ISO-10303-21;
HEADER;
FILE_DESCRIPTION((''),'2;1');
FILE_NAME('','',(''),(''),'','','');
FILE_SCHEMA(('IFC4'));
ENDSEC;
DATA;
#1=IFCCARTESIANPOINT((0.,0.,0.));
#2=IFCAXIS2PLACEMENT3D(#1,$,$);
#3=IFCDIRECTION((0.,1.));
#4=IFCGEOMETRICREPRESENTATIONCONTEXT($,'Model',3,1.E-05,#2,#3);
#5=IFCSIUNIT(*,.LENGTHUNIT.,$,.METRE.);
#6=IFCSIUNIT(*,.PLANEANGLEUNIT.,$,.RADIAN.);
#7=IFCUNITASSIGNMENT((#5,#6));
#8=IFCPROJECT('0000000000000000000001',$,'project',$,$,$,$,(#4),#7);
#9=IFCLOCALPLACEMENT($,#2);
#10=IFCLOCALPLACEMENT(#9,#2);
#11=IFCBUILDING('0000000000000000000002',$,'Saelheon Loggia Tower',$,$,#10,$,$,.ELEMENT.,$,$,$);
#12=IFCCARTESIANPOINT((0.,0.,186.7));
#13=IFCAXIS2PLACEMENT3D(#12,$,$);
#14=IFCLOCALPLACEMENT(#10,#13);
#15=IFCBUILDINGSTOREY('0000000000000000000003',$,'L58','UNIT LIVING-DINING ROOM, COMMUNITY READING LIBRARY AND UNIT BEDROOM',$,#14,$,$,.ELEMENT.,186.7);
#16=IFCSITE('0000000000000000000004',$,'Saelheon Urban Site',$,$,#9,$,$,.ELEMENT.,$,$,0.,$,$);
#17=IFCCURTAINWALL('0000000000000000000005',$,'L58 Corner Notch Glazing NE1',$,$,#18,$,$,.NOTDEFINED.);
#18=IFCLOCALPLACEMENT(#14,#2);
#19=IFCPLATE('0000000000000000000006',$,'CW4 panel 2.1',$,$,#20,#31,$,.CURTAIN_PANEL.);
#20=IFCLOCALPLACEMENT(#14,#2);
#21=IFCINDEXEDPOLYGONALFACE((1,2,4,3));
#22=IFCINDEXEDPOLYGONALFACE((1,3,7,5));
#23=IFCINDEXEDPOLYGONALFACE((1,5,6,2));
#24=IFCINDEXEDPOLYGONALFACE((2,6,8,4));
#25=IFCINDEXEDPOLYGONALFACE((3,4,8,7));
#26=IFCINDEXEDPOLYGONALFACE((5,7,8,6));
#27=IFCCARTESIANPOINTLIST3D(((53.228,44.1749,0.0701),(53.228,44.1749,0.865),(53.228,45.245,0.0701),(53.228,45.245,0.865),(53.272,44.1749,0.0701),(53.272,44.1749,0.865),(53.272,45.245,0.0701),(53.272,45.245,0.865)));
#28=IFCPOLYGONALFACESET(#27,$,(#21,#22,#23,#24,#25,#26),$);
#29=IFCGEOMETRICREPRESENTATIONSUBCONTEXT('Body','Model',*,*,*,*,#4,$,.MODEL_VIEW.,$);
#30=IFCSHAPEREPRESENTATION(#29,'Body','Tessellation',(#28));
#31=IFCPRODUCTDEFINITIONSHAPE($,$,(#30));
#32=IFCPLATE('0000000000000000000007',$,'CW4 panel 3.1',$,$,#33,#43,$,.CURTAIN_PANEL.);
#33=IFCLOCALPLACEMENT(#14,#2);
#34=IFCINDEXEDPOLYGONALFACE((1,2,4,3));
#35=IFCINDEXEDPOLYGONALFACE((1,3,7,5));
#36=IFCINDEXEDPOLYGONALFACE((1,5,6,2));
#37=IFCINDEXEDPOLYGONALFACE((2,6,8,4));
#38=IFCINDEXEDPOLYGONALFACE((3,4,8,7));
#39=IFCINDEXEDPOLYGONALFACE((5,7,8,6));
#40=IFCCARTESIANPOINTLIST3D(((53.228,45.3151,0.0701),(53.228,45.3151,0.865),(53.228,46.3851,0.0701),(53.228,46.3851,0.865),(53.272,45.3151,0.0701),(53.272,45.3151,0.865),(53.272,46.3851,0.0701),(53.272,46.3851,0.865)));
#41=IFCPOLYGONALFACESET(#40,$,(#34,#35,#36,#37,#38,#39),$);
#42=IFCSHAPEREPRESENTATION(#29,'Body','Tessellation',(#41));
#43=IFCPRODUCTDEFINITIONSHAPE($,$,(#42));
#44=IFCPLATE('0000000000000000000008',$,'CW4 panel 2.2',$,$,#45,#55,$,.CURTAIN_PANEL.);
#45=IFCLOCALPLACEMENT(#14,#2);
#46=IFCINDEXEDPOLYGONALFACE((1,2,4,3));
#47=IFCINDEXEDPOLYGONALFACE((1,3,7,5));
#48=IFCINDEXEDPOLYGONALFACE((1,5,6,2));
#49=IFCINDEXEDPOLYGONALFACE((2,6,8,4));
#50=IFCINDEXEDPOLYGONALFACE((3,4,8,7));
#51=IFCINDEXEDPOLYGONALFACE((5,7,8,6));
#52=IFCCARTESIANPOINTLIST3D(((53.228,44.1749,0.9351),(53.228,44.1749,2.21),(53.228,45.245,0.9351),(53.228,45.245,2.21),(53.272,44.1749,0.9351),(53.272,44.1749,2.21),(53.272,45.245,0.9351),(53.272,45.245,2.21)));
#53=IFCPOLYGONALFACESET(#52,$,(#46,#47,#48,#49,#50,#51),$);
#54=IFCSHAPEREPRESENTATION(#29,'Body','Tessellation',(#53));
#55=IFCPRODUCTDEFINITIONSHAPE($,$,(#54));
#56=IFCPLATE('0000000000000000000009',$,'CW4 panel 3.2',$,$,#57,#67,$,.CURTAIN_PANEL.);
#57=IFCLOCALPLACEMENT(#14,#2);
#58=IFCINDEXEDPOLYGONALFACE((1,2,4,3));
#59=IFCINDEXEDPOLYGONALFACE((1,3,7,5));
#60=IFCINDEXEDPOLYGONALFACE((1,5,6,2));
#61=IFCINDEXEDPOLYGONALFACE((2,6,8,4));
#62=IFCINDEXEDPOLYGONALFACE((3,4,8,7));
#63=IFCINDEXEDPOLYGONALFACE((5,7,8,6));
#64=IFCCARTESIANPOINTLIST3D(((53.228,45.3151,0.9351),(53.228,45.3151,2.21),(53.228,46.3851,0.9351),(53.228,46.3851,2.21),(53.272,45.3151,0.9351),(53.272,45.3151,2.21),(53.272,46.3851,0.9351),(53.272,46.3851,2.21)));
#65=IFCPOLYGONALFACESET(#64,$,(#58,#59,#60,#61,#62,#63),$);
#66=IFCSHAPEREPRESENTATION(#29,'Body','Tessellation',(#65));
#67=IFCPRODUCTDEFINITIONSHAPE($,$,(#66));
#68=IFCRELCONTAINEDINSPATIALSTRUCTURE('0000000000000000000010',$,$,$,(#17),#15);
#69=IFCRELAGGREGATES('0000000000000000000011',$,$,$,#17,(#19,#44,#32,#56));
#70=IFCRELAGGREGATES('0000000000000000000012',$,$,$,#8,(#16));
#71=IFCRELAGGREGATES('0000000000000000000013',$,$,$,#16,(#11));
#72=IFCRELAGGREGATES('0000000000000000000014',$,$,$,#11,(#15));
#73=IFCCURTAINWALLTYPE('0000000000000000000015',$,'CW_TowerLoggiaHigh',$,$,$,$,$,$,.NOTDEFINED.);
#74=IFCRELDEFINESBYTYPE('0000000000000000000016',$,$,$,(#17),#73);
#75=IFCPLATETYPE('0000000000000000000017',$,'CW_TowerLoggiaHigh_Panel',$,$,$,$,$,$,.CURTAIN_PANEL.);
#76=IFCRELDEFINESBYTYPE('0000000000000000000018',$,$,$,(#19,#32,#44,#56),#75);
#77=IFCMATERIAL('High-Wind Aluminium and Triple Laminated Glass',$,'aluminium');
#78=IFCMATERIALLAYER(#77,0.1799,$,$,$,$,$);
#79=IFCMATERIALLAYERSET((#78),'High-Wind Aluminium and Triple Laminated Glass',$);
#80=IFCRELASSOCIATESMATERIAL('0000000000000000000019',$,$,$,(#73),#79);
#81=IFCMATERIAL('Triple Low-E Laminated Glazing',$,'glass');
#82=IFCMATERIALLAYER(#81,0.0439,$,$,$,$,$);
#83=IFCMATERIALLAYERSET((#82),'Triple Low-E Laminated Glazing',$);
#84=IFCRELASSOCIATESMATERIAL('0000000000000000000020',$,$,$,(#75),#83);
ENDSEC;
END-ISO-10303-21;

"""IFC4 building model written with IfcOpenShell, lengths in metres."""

from ifc_helpers import new_model, si_unit, direction, frame, origin, origin_2d, place, context, subcontext, project, spatial, rectangle, extrude, source, transform, mapped, material, layer, layer_set, type_object, element, aggregate, save


model = new_model("IFC4")

# Units and contexts
model_context = context("Model", 3, precision=1e-05, world=origin(), true_north=direction((0.0, 1.0)))
body_context = subcontext(model_context, "Body", "Model", "MODEL_VIEW")
ifc_project = project(units=[si_unit("LENGTHUNIT", "METRE"), si_unit("PLANEANGLEUNIT", "RADIAN")], contexts=[model_context])

# Site, building, storey
site_placement = place(None, origin())
site = spatial("IfcSite", under=ifc_project, at=site_placement, Name="Saelheon Urban Site", CompositionType="ELEMENT", RefElevation=0.0)
building_placement = place(site_placement, origin())
building = spatial("IfcBuilding", under=site, at=building_placement, Name="Saelheon Loggia Tower", CompositionType="ELEMENT")
storey_placement = place(building_placement, frame((0.0, 0.0, 186.7)))
storey = spatial("IfcBuildingStorey", under=building, at=storey_placement, Name="L58", Description="UNIT LIVING-DINING ROOM, COMMUNITY READING LIBRARY AND UNIT BEDROOM", CompositionType="ELEMENT", Elevation=186.7)

# Curtain wall
ifc_material_1 = material(Name="High-Wind Aluminium and Triple Laminated Glass", Category="aluminium")
ifc_layer_1 = layer(ifc_material_1, 0.1799)
ifc_layer_set_1 = layer_set([ifc_layer_1], Name="High-Wind Aluminium and Triple Laminated Glass")
curtain_wall_type = type_object("IfcCurtainWallType", Name="CW_TowerLoggiaHigh", PredefinedType="NOTDEFINED", material=ifc_layer_set_1)
curtain_wall_1_placement = place(storey_placement, origin())
curtain_wall_1 = element("IfcCurtainWall", 1, at=curtain_wall_1_placement, inside=storey, type_object=curtain_wall_type, Name="L58 Corner Notch Glazing NE1", PredefinedType="NOTDEFINED")

# Plates
ifc_material_2 = material(Name="Triple Low-E Laminated Glazing", Category="glass")
ifc_layer_2 = layer(ifc_material_2, 0.0439)
ifc_layer_set_2 = layer_set([ifc_layer_2], Name="Triple Low-E Laminated Glazing")
plate_type = type_object("IfcPlateType", Name="CW_TowerLoggiaHigh_Panel", PredefinedType="CURTAIN_PANEL", material=ifc_layer_set_2)
shared_shape_1 = source(origin(), body_context, "Body", "SweptSolid", [
    extrude(rectangle(XDim=1.0701, YDim=0.0439, at=origin_2d()), origin(), (0.0, 0.0, 1.0), 0.7949),
])
plate_1_placement = place(storey_placement, frame((53.25, 44.71, 0.0701), z_axis=(0.0, 0.0, 1.0), x_axis=(0.0, 1.0, 0.0)))
plate_1 = element("IfcPlate", 2, at=plate_1_placement, type_object=plate_type, Name="CW4 panel 2.1", PredefinedType="CURTAIN_PANEL", context=body_context, shape_type="MappedRepresentation", body=[
    mapped(shared_shape_1, transform((0.0, 0.0, 0.0), scale=1.0)),
])
plate_2_placement = place(storey_placement, frame((53.25, 45.8501, 0.0701), z_axis=(0.0, 0.0, 1.0), x_axis=(0.0, 1.0, 0.0)))
plate_2 = element("IfcPlate", 3, at=plate_2_placement, type_object=plate_type, Name="CW4 panel 3.1", PredefinedType="CURTAIN_PANEL", context=body_context, shape_type="MappedRepresentation", body=[
    mapped(shared_shape_1, transform((0.0, 0.0, 0.0), scale=1.0)),
])
shared_shape_2 = source(origin(), body_context, "Body", "SweptSolid", [
    extrude(rectangle(XDim=1.0701, YDim=0.0439, at=origin_2d()), origin(), (0.0, 0.0, 1.0), 1.2749),
])
plate_3_placement = place(storey_placement, frame((53.25, 44.71, 0.9351), z_axis=(0.0, 0.0, 1.0), x_axis=(0.0, 1.0, 0.0)))
plate_3 = element("IfcPlate", 4, at=plate_3_placement, type_object=plate_type, Name="CW4 panel 2.2", PredefinedType="CURTAIN_PANEL", context=body_context, shape_type="MappedRepresentation", body=[
    mapped(shared_shape_2, transform((0.0, 0.0, 0.0), scale=1.0)),
])
plate_4_placement = place(storey_placement, frame((53.25, 45.8501, 0.9351), z_axis=(0.0, 0.0, 1.0), x_axis=(0.0, 1.0, 0.0)))
plate_4 = element("IfcPlate", 5, at=plate_4_placement, type_object=plate_type, Name="CW4 panel 3.2", PredefinedType="CURTAIN_PANEL", context=body_context, shape_type="MappedRepresentation", body=[
    mapped(shared_shape_2, transform((0.0, 0.0, 0.0), scale=1.0)),
])
aggregate(curtain_wall_1, [plate_1, plate_3, plate_2, plate_4])

save(model, "model.ifc")
